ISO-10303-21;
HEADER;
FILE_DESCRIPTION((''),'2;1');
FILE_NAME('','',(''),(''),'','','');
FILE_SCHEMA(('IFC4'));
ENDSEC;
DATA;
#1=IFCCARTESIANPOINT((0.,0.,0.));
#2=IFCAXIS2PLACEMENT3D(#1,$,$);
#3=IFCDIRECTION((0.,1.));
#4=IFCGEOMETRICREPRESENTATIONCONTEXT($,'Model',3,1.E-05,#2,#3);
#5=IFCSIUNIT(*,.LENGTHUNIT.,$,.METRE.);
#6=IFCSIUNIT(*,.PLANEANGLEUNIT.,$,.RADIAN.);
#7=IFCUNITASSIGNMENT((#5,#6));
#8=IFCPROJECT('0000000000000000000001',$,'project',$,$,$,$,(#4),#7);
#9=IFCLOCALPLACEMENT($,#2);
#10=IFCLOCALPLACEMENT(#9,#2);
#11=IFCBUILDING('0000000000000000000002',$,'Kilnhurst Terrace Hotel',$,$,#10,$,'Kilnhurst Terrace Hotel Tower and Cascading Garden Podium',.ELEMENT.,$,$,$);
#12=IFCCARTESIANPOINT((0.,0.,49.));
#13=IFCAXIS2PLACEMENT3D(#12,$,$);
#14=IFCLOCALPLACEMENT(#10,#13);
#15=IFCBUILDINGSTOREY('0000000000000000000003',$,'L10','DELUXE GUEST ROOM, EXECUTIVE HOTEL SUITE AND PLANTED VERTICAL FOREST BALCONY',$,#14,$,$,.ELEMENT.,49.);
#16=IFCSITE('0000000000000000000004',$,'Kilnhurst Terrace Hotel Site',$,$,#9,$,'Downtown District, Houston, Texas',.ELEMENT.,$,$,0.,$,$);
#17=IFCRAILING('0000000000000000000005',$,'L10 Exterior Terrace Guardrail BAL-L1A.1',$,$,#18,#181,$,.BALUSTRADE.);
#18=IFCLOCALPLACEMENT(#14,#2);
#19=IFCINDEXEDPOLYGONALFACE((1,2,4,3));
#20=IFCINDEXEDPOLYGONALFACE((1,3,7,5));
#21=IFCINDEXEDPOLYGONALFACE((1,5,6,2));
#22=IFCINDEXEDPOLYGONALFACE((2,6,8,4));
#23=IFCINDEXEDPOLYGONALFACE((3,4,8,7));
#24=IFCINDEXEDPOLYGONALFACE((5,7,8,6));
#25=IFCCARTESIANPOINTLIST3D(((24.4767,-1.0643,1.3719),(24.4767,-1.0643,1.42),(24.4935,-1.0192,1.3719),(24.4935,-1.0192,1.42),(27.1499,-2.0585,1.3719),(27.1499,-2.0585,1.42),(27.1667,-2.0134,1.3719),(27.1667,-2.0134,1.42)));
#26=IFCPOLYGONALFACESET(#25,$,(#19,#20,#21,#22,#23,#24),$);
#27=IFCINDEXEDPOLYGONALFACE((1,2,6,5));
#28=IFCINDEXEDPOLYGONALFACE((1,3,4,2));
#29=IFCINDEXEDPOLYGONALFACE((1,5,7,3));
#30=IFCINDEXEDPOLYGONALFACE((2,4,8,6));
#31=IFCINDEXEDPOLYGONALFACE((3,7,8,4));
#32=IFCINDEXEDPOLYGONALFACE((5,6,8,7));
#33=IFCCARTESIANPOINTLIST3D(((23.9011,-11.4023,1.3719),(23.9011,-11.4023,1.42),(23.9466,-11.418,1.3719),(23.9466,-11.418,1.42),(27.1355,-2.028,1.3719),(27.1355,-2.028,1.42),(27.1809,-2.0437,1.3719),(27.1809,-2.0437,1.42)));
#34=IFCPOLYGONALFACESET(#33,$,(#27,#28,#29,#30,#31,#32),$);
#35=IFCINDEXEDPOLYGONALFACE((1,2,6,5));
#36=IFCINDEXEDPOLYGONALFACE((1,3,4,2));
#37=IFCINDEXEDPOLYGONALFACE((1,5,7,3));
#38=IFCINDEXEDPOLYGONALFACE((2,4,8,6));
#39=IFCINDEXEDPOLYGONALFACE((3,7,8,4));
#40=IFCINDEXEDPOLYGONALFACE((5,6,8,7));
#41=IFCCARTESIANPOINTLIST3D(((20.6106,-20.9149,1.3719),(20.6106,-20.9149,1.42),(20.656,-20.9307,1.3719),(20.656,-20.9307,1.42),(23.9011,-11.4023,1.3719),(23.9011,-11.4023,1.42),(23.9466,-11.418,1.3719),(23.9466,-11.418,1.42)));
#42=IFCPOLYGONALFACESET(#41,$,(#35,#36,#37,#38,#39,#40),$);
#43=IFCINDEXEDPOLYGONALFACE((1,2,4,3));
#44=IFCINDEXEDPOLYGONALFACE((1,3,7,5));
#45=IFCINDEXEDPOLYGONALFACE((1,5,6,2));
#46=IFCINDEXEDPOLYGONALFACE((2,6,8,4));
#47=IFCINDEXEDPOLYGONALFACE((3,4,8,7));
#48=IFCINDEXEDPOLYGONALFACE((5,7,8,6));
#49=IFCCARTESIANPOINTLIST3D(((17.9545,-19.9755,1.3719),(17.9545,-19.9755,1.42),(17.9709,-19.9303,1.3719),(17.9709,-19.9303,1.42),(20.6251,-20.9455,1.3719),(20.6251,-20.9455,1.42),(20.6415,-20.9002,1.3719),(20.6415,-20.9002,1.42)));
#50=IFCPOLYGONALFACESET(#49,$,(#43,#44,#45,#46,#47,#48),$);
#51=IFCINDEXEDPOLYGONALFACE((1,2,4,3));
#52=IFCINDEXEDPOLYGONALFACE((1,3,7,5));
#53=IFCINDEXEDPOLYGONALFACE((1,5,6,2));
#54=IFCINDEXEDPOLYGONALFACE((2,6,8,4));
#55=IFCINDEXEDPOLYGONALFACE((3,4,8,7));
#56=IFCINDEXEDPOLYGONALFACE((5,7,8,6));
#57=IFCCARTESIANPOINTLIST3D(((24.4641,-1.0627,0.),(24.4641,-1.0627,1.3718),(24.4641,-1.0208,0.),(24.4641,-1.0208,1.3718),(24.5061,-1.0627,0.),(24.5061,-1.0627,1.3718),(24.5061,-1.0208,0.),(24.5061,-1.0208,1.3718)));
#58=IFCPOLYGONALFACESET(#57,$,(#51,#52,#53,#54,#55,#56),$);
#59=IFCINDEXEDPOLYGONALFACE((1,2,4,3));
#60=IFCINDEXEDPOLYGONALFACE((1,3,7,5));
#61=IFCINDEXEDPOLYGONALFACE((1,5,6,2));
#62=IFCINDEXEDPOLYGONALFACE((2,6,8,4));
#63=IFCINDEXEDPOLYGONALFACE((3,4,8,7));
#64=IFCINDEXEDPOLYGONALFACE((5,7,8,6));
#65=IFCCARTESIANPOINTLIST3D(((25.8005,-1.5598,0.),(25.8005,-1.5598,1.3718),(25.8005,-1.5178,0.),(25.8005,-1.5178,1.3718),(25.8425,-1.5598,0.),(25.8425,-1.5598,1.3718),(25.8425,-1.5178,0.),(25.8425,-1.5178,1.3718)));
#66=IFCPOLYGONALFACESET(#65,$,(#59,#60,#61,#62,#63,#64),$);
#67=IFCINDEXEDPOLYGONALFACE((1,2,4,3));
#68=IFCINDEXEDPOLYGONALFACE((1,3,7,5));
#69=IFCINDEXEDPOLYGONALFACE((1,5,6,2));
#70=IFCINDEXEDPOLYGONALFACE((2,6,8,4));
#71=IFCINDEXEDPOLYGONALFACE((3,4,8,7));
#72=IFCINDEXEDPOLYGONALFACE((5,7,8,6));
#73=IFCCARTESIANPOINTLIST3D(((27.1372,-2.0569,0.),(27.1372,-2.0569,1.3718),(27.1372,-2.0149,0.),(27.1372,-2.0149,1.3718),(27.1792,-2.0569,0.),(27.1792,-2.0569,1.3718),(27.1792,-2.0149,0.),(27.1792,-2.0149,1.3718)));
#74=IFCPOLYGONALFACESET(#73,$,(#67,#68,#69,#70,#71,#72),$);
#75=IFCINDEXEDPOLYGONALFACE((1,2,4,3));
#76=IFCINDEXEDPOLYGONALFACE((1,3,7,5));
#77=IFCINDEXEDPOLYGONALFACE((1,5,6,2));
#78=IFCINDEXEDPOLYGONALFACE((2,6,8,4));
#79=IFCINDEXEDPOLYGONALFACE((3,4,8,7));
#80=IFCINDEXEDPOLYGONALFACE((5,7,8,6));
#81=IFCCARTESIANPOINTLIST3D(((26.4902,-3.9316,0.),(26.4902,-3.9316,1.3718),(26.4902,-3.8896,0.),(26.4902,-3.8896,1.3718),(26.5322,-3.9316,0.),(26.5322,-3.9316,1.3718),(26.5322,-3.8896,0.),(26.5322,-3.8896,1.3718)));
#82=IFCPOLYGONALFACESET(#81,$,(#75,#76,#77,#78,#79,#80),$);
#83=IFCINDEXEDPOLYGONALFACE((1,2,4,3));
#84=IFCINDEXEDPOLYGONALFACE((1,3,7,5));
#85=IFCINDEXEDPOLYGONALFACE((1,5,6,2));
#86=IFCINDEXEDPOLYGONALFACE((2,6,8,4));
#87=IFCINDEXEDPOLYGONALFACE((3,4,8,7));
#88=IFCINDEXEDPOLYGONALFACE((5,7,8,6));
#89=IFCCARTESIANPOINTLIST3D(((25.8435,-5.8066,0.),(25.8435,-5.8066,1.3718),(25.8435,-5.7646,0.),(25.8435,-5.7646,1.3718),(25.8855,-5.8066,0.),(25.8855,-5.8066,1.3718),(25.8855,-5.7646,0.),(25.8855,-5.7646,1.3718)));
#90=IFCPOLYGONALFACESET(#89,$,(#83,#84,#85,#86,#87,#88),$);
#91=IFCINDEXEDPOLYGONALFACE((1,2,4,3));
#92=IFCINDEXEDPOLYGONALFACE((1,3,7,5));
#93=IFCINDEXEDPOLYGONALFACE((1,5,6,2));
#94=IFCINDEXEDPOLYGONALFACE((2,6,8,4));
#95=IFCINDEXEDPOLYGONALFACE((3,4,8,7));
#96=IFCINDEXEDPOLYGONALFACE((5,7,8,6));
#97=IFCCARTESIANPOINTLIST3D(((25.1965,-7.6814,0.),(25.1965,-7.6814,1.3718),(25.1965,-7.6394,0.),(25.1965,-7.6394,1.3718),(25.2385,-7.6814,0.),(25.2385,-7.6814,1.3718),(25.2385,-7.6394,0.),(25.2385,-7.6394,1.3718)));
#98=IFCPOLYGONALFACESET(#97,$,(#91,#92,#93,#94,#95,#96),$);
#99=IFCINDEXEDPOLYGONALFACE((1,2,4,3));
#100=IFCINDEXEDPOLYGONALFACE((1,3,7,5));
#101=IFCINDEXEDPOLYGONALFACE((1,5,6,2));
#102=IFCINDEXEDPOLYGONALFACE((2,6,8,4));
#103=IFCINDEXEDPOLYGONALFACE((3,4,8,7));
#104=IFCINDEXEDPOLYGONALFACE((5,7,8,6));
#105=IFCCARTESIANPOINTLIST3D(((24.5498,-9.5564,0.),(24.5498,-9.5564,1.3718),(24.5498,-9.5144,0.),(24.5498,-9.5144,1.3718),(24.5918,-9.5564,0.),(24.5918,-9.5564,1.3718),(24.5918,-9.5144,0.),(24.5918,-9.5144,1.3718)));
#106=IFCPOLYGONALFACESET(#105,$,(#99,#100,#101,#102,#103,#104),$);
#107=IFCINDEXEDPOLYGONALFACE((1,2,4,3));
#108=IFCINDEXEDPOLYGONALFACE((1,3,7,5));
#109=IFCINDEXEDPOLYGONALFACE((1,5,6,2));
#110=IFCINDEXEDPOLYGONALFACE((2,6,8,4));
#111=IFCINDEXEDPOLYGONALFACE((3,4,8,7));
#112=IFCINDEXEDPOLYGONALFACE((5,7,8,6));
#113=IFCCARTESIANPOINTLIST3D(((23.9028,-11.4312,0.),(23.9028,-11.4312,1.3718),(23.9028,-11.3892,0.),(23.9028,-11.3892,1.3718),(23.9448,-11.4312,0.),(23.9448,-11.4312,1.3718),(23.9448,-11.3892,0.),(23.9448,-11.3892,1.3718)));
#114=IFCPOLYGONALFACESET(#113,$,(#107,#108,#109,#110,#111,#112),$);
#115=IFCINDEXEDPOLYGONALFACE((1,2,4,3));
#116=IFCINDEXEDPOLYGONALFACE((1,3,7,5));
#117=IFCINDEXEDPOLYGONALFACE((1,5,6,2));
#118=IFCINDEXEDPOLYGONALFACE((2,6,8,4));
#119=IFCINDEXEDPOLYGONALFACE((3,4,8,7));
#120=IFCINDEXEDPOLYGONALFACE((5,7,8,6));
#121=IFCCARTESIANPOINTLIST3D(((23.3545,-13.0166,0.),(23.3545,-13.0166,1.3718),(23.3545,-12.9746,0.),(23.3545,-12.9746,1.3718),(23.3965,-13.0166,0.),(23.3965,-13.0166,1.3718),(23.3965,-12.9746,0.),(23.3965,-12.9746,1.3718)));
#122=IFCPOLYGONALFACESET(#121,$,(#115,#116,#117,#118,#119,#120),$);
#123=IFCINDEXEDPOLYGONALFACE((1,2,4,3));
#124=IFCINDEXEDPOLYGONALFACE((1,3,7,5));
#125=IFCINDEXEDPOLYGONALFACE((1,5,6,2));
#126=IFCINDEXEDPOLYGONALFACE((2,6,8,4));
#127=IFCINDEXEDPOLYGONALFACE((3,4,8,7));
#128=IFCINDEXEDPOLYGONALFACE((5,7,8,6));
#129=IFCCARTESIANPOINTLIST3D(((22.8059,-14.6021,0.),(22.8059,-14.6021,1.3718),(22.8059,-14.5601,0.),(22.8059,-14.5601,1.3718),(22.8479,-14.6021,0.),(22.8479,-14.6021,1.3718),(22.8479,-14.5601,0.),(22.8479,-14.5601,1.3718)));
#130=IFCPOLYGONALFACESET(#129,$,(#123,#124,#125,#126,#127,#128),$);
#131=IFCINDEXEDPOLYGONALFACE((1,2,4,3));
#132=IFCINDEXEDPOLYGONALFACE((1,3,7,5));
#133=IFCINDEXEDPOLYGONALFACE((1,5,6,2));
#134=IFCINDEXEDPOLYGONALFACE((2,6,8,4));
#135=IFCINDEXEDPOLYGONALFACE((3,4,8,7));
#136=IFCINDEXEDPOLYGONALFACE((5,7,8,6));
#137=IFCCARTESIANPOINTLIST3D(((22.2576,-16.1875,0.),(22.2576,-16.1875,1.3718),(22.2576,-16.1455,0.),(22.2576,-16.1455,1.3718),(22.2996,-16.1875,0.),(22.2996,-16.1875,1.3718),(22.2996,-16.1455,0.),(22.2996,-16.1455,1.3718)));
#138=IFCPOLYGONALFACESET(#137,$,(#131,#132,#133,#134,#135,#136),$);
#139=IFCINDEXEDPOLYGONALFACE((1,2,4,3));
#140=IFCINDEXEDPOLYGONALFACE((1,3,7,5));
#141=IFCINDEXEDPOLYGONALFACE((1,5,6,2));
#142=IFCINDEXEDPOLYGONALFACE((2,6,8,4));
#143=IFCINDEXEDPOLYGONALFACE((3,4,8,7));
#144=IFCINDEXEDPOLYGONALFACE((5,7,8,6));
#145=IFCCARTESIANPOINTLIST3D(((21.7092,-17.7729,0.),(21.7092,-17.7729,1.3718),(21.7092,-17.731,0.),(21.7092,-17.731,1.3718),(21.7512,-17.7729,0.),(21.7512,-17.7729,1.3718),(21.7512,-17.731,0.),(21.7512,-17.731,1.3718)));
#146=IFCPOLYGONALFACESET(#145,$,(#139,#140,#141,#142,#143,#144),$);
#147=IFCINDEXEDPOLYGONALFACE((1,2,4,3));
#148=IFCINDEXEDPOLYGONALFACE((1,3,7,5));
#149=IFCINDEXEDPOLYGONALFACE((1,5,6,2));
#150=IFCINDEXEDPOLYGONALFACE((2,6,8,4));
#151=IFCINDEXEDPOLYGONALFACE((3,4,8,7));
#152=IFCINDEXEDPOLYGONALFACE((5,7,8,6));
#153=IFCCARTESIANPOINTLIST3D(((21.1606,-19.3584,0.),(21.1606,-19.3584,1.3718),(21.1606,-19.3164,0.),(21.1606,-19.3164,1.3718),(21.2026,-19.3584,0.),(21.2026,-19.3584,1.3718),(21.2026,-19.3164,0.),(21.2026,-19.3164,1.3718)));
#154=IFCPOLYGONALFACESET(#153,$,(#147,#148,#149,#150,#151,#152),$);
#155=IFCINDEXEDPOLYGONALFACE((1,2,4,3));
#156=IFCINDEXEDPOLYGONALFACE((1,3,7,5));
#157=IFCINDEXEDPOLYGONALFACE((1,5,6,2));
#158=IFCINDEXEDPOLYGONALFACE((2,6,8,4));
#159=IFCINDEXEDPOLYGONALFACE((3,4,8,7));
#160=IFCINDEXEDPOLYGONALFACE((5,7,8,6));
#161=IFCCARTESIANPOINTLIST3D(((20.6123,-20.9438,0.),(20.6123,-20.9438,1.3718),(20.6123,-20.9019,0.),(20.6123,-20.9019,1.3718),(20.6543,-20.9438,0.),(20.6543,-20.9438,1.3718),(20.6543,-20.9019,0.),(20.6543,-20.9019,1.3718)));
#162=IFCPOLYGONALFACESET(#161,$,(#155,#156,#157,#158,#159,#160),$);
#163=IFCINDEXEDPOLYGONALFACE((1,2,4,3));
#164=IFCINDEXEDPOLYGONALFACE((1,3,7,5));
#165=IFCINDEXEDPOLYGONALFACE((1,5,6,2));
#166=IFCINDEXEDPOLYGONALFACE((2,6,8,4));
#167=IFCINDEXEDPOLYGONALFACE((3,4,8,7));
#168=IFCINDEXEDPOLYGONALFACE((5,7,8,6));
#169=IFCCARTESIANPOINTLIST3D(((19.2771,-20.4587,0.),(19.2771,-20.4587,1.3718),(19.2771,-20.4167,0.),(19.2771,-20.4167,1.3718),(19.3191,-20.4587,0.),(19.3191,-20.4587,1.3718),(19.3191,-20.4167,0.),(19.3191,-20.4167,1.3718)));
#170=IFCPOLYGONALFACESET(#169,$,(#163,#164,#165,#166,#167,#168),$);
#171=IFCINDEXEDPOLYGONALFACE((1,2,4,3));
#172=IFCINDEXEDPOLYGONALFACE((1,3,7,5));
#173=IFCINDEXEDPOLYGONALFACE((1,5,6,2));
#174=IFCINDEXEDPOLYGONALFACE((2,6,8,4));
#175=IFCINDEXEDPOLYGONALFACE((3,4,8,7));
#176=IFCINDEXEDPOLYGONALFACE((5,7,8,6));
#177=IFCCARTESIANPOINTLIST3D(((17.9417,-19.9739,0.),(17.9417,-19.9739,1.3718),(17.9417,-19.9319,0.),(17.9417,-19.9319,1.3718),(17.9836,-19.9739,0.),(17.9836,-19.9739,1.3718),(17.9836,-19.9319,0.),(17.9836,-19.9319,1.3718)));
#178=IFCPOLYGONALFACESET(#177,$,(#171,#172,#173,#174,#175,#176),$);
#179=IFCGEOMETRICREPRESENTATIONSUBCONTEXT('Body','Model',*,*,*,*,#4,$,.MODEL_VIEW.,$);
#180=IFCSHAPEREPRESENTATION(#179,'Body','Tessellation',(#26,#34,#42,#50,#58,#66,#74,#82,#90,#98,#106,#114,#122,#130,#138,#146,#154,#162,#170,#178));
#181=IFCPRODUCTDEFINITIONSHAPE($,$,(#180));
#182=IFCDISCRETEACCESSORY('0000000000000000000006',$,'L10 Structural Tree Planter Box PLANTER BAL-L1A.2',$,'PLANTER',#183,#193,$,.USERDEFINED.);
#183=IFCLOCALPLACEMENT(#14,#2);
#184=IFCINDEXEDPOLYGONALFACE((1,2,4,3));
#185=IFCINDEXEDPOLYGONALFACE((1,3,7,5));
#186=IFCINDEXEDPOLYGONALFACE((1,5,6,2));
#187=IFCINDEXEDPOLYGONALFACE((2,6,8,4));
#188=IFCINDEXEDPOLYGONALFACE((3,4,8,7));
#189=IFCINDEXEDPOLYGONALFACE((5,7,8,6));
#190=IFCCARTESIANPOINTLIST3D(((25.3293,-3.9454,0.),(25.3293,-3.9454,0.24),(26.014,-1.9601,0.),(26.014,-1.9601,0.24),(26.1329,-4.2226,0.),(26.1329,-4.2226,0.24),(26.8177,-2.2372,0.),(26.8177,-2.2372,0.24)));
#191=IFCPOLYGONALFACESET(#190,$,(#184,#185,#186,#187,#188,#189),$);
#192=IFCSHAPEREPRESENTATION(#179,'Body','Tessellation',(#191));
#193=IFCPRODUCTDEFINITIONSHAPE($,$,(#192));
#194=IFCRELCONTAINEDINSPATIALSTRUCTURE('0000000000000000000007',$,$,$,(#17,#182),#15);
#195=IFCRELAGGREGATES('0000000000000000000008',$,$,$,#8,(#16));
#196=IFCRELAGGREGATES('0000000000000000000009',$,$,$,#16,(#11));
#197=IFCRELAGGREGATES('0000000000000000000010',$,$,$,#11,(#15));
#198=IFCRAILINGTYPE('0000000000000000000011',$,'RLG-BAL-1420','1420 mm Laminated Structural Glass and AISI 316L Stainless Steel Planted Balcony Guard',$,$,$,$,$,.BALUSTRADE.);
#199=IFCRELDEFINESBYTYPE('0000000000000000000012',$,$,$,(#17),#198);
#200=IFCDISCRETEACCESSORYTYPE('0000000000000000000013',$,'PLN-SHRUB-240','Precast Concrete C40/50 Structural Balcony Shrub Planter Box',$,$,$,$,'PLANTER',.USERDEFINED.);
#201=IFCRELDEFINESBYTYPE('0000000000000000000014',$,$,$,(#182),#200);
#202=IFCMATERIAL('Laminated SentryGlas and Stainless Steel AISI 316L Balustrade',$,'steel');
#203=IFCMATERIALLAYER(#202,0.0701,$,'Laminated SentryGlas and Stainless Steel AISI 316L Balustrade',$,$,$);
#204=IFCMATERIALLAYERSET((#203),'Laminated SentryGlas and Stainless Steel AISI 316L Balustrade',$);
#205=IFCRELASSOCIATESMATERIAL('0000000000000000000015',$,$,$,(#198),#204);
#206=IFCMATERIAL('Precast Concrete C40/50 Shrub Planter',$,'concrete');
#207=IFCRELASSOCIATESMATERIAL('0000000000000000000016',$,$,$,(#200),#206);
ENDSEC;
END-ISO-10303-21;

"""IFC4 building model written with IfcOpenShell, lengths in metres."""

from ifc_helpers import new_model, si_unit, direction, frame, origin, origin_2d, place, context, subcontext, project, spatial, rectangle, extrude, material, layer, layer_set, type_object, element, save


model = new_model("IFC4")

# Units and contexts
model_context = context("Model", 3, precision=1e-05, world=origin(), true_north=direction((0.0, 1.0)))
body_context = subcontext(model_context, "Body", "Model", "MODEL_VIEW")
ifc_project = project(units=[si_unit("LENGTHUNIT", "METRE"), si_unit("PLANEANGLEUNIT", "RADIAN")], contexts=[model_context])

# Site, building, storey
site_placement = place(None, origin())
site = spatial("IfcSite", under=ifc_project, at=site_placement, Name="Kilnhurst Terrace Hotel Site", LongName="Downtown District, Houston, Texas", CompositionType="ELEMENT", RefElevation=0.0)
building_placement = place(site_placement, origin())
building = spatial("IfcBuilding", under=site, at=building_placement, Name="Kilnhurst Terrace Hotel", LongName="Kilnhurst Terrace Hotel Tower and Cascading Garden Podium", CompositionType="ELEMENT")
storey_placement = place(building_placement, frame((0.0, 0.0, 49.0)))
storey = spatial("IfcBuildingStorey", under=building, at=storey_placement, Name="L10", Description="DELUXE GUEST ROOM, EXECUTIVE HOTEL SUITE AND PLANTED VERTICAL FOREST BALCONY", CompositionType="ELEMENT", Elevation=49.0)

# Railing
ifc_material_1 = material(Name="Laminated SentryGlas and Stainless Steel AISI 316L Balustrade", Category="steel")
ifc_layer_1 = layer(ifc_material_1, 0.0701, Name="Laminated SentryGlas and Stainless Steel AISI 316L Balustrade")
ifc_layer_set_1 = layer_set([ifc_layer_1], Name="Laminated SentryGlas and Stainless Steel AISI 316L Balustrade")
railing_type = type_object("IfcRailingType", Name="RLG-BAL-1420", Description="1420 mm Laminated Structural Glass and AISI 316L Stainless Steel Planted Balcony Guard", PredefinedType="BALUSTRADE", material=ifc_layer_set_1)
railing_placement = place(storey_placement, frame((24.4851, -1.0417, 0.0)))
element("IfcRailing", 1, at=railing_placement, inside=storey, type_object=railing_type, Name="L10 Exterior Terrace Guardrail BAL-L1A.1", PredefinedType="BALUSTRADE", context=body_context, shape_type="SweptSolid", body=[
    extrude(rectangle(XDim=0.0481, YDim=0.0481, at=origin_2d()), frame((0.0, 0.0, 1.396), z_axis=(0.937279, -0.34858, 0.0), x_axis=(0.34858, 0.937279, 0.0)), (0.0, 0.0, 1.0), 2.8521),
    extrude(rectangle(XDim=0.0481, YDim=0.0481, at=origin_2d()), frame((2.6731, -0.9941, 1.396), z_axis=(-0.326159, -0.945315, 0.0), x_axis=(0.945315, -0.326159, 0.0)), (0.0, 0.0, 1.0), 9.9165),
    extrude(rectangle(XDim=0.0481, YDim=0.0481, at=origin_2d()), frame((-0.5613, -10.3684, 1.396), z_axis=(-0.326904, -0.945058, 0.0), x_axis=(0.945058, -0.326904, 0.0)), (0.0, 0.0, 1.0), 10.0657),
    extrude(rectangle(XDim=0.0481, YDim=0.0481, at=origin_2d()), frame((-3.8518, -19.8811, 1.396), z_axis=(-0.939926, 0.341377, 0.0), x_axis=(-0.341377, -0.939926, 0.0)), (0.0, 0.0, 1.0), 2.8413),
    extrude(rectangle(XDim=0.042, YDim=0.042, at=origin_2d()), origin(), (0.0, 0.0, 1.0), 1.3718),
    extrude(rectangle(XDim=0.042, YDim=0.042, at=origin_2d()), frame((1.3364, -0.4971, 0.0)), (0.0, 0.0, 1.0), 1.3718),
    extrude(rectangle(XDim=0.042, YDim=0.042, at=origin_2d()), frame((2.6731, -0.9941, 0.0)), (0.0, 0.0, 1.0), 1.3718),
    extrude(rectangle(XDim=0.042, YDim=0.042, at=origin_2d()), frame((2.0261, -2.8689, 0.0)), (0.0, 0.0, 1.0), 1.3718),
    extrude(rectangle(XDim=0.042, YDim=0.042, at=origin_2d()), frame((1.3794, -4.7439, 0.0)), (0.0, 0.0, 1.0), 1.3718),
    extrude(rectangle(XDim=0.042, YDim=0.042, at=origin_2d()), frame((0.7324, -6.6187, 0.0)), (0.0, 0.0, 1.0), 1.3718),
    extrude(rectangle(XDim=0.042, YDim=0.042, at=origin_2d()), frame((0.0857, -8.4937, 0.0)), (0.0, 0.0, 1.0), 1.3718),
    extrude(rectangle(XDim=0.042, YDim=0.042, at=origin_2d()), frame((-0.5613, -10.3684, 0.0)), (0.0, 0.0, 1.0), 1.3718),
    extrude(rectangle(XDim=0.042, YDim=0.042, at=origin_2d()), frame((-1.1096, -11.9539, 0.0)), (0.0, 0.0, 1.0), 1.3718),
    extrude(rectangle(XDim=0.042, YDim=0.042, at=origin_2d()), frame((-1.6582, -13.5393, 0.0)), (0.0, 0.0, 1.0), 1.3718),
    extrude(rectangle(XDim=0.042, YDim=0.042, at=origin_2d()), frame((-2.2065, -15.1248, 0.0)), (0.0, 0.0, 1.0), 1.3718),
    extrude(rectangle(XDim=0.042, YDim=0.042, at=origin_2d()), frame((-2.7549, -16.7102, 0.0)), (0.0, 0.0, 1.0), 1.3718),
    extrude(rectangle(XDim=0.042, YDim=0.042, at=origin_2d()), frame((-3.3035, -18.2957, 0.0)), (0.0, 0.0, 1.0), 1.3718),
    extrude(rectangle(XDim=0.042, YDim=0.042, at=origin_2d()), frame((-3.8518, -19.8811, 0.0)), (0.0, 0.0, 1.0), 1.3718),
    extrude(rectangle(XDim=0.042, YDim=0.042, at=origin_2d()), frame((-5.187, -19.396, 0.0)), (0.0, 0.0, 1.0), 1.3718),
    extrude(rectangle(XDim=0.042, YDim=0.042, at=origin_2d()), frame((-6.5225, -18.9111, 0.0)), (0.0, 0.0, 1.0), 1.3718),
])

# Discrete accessory
ifc_material_2 = material(Name="Precast Concrete C40/50 Shrub Planter", Category="concrete")
discrete_accessory_type = type_object("IfcDiscreteAccessoryType", Name="PLN-SHRUB-240", Description="Precast Concrete C40/50 Structural Balcony Shrub Planter Box", ElementType="PLANTER", PredefinedType="USERDEFINED", material=ifc_material_2)
discrete_accessory_placement = place(storey_placement, frame((26.0735, -3.0913, 0.0), z_axis=(0.0, 0.0, 1.0), x_axis=(0.326063, 0.945348, 0.0)))
element("IfcDiscreteAccessory", 2, at=discrete_accessory_placement, inside=storey, type_object=discrete_accessory_type, Name="L10 Structural Tree Planter Box PLANTER BAL-L1A.2", ObjectType="PLANTER", PredefinedType="USERDEFINED", context=body_context, shape_type="SweptSolid", body=[
    extrude(rectangle(XDim=2.1001, YDim=0.8501, at=origin_2d()), origin(), (0.0, 0.0, 1.0), 0.24),
])

save(model, "model.ifc")
